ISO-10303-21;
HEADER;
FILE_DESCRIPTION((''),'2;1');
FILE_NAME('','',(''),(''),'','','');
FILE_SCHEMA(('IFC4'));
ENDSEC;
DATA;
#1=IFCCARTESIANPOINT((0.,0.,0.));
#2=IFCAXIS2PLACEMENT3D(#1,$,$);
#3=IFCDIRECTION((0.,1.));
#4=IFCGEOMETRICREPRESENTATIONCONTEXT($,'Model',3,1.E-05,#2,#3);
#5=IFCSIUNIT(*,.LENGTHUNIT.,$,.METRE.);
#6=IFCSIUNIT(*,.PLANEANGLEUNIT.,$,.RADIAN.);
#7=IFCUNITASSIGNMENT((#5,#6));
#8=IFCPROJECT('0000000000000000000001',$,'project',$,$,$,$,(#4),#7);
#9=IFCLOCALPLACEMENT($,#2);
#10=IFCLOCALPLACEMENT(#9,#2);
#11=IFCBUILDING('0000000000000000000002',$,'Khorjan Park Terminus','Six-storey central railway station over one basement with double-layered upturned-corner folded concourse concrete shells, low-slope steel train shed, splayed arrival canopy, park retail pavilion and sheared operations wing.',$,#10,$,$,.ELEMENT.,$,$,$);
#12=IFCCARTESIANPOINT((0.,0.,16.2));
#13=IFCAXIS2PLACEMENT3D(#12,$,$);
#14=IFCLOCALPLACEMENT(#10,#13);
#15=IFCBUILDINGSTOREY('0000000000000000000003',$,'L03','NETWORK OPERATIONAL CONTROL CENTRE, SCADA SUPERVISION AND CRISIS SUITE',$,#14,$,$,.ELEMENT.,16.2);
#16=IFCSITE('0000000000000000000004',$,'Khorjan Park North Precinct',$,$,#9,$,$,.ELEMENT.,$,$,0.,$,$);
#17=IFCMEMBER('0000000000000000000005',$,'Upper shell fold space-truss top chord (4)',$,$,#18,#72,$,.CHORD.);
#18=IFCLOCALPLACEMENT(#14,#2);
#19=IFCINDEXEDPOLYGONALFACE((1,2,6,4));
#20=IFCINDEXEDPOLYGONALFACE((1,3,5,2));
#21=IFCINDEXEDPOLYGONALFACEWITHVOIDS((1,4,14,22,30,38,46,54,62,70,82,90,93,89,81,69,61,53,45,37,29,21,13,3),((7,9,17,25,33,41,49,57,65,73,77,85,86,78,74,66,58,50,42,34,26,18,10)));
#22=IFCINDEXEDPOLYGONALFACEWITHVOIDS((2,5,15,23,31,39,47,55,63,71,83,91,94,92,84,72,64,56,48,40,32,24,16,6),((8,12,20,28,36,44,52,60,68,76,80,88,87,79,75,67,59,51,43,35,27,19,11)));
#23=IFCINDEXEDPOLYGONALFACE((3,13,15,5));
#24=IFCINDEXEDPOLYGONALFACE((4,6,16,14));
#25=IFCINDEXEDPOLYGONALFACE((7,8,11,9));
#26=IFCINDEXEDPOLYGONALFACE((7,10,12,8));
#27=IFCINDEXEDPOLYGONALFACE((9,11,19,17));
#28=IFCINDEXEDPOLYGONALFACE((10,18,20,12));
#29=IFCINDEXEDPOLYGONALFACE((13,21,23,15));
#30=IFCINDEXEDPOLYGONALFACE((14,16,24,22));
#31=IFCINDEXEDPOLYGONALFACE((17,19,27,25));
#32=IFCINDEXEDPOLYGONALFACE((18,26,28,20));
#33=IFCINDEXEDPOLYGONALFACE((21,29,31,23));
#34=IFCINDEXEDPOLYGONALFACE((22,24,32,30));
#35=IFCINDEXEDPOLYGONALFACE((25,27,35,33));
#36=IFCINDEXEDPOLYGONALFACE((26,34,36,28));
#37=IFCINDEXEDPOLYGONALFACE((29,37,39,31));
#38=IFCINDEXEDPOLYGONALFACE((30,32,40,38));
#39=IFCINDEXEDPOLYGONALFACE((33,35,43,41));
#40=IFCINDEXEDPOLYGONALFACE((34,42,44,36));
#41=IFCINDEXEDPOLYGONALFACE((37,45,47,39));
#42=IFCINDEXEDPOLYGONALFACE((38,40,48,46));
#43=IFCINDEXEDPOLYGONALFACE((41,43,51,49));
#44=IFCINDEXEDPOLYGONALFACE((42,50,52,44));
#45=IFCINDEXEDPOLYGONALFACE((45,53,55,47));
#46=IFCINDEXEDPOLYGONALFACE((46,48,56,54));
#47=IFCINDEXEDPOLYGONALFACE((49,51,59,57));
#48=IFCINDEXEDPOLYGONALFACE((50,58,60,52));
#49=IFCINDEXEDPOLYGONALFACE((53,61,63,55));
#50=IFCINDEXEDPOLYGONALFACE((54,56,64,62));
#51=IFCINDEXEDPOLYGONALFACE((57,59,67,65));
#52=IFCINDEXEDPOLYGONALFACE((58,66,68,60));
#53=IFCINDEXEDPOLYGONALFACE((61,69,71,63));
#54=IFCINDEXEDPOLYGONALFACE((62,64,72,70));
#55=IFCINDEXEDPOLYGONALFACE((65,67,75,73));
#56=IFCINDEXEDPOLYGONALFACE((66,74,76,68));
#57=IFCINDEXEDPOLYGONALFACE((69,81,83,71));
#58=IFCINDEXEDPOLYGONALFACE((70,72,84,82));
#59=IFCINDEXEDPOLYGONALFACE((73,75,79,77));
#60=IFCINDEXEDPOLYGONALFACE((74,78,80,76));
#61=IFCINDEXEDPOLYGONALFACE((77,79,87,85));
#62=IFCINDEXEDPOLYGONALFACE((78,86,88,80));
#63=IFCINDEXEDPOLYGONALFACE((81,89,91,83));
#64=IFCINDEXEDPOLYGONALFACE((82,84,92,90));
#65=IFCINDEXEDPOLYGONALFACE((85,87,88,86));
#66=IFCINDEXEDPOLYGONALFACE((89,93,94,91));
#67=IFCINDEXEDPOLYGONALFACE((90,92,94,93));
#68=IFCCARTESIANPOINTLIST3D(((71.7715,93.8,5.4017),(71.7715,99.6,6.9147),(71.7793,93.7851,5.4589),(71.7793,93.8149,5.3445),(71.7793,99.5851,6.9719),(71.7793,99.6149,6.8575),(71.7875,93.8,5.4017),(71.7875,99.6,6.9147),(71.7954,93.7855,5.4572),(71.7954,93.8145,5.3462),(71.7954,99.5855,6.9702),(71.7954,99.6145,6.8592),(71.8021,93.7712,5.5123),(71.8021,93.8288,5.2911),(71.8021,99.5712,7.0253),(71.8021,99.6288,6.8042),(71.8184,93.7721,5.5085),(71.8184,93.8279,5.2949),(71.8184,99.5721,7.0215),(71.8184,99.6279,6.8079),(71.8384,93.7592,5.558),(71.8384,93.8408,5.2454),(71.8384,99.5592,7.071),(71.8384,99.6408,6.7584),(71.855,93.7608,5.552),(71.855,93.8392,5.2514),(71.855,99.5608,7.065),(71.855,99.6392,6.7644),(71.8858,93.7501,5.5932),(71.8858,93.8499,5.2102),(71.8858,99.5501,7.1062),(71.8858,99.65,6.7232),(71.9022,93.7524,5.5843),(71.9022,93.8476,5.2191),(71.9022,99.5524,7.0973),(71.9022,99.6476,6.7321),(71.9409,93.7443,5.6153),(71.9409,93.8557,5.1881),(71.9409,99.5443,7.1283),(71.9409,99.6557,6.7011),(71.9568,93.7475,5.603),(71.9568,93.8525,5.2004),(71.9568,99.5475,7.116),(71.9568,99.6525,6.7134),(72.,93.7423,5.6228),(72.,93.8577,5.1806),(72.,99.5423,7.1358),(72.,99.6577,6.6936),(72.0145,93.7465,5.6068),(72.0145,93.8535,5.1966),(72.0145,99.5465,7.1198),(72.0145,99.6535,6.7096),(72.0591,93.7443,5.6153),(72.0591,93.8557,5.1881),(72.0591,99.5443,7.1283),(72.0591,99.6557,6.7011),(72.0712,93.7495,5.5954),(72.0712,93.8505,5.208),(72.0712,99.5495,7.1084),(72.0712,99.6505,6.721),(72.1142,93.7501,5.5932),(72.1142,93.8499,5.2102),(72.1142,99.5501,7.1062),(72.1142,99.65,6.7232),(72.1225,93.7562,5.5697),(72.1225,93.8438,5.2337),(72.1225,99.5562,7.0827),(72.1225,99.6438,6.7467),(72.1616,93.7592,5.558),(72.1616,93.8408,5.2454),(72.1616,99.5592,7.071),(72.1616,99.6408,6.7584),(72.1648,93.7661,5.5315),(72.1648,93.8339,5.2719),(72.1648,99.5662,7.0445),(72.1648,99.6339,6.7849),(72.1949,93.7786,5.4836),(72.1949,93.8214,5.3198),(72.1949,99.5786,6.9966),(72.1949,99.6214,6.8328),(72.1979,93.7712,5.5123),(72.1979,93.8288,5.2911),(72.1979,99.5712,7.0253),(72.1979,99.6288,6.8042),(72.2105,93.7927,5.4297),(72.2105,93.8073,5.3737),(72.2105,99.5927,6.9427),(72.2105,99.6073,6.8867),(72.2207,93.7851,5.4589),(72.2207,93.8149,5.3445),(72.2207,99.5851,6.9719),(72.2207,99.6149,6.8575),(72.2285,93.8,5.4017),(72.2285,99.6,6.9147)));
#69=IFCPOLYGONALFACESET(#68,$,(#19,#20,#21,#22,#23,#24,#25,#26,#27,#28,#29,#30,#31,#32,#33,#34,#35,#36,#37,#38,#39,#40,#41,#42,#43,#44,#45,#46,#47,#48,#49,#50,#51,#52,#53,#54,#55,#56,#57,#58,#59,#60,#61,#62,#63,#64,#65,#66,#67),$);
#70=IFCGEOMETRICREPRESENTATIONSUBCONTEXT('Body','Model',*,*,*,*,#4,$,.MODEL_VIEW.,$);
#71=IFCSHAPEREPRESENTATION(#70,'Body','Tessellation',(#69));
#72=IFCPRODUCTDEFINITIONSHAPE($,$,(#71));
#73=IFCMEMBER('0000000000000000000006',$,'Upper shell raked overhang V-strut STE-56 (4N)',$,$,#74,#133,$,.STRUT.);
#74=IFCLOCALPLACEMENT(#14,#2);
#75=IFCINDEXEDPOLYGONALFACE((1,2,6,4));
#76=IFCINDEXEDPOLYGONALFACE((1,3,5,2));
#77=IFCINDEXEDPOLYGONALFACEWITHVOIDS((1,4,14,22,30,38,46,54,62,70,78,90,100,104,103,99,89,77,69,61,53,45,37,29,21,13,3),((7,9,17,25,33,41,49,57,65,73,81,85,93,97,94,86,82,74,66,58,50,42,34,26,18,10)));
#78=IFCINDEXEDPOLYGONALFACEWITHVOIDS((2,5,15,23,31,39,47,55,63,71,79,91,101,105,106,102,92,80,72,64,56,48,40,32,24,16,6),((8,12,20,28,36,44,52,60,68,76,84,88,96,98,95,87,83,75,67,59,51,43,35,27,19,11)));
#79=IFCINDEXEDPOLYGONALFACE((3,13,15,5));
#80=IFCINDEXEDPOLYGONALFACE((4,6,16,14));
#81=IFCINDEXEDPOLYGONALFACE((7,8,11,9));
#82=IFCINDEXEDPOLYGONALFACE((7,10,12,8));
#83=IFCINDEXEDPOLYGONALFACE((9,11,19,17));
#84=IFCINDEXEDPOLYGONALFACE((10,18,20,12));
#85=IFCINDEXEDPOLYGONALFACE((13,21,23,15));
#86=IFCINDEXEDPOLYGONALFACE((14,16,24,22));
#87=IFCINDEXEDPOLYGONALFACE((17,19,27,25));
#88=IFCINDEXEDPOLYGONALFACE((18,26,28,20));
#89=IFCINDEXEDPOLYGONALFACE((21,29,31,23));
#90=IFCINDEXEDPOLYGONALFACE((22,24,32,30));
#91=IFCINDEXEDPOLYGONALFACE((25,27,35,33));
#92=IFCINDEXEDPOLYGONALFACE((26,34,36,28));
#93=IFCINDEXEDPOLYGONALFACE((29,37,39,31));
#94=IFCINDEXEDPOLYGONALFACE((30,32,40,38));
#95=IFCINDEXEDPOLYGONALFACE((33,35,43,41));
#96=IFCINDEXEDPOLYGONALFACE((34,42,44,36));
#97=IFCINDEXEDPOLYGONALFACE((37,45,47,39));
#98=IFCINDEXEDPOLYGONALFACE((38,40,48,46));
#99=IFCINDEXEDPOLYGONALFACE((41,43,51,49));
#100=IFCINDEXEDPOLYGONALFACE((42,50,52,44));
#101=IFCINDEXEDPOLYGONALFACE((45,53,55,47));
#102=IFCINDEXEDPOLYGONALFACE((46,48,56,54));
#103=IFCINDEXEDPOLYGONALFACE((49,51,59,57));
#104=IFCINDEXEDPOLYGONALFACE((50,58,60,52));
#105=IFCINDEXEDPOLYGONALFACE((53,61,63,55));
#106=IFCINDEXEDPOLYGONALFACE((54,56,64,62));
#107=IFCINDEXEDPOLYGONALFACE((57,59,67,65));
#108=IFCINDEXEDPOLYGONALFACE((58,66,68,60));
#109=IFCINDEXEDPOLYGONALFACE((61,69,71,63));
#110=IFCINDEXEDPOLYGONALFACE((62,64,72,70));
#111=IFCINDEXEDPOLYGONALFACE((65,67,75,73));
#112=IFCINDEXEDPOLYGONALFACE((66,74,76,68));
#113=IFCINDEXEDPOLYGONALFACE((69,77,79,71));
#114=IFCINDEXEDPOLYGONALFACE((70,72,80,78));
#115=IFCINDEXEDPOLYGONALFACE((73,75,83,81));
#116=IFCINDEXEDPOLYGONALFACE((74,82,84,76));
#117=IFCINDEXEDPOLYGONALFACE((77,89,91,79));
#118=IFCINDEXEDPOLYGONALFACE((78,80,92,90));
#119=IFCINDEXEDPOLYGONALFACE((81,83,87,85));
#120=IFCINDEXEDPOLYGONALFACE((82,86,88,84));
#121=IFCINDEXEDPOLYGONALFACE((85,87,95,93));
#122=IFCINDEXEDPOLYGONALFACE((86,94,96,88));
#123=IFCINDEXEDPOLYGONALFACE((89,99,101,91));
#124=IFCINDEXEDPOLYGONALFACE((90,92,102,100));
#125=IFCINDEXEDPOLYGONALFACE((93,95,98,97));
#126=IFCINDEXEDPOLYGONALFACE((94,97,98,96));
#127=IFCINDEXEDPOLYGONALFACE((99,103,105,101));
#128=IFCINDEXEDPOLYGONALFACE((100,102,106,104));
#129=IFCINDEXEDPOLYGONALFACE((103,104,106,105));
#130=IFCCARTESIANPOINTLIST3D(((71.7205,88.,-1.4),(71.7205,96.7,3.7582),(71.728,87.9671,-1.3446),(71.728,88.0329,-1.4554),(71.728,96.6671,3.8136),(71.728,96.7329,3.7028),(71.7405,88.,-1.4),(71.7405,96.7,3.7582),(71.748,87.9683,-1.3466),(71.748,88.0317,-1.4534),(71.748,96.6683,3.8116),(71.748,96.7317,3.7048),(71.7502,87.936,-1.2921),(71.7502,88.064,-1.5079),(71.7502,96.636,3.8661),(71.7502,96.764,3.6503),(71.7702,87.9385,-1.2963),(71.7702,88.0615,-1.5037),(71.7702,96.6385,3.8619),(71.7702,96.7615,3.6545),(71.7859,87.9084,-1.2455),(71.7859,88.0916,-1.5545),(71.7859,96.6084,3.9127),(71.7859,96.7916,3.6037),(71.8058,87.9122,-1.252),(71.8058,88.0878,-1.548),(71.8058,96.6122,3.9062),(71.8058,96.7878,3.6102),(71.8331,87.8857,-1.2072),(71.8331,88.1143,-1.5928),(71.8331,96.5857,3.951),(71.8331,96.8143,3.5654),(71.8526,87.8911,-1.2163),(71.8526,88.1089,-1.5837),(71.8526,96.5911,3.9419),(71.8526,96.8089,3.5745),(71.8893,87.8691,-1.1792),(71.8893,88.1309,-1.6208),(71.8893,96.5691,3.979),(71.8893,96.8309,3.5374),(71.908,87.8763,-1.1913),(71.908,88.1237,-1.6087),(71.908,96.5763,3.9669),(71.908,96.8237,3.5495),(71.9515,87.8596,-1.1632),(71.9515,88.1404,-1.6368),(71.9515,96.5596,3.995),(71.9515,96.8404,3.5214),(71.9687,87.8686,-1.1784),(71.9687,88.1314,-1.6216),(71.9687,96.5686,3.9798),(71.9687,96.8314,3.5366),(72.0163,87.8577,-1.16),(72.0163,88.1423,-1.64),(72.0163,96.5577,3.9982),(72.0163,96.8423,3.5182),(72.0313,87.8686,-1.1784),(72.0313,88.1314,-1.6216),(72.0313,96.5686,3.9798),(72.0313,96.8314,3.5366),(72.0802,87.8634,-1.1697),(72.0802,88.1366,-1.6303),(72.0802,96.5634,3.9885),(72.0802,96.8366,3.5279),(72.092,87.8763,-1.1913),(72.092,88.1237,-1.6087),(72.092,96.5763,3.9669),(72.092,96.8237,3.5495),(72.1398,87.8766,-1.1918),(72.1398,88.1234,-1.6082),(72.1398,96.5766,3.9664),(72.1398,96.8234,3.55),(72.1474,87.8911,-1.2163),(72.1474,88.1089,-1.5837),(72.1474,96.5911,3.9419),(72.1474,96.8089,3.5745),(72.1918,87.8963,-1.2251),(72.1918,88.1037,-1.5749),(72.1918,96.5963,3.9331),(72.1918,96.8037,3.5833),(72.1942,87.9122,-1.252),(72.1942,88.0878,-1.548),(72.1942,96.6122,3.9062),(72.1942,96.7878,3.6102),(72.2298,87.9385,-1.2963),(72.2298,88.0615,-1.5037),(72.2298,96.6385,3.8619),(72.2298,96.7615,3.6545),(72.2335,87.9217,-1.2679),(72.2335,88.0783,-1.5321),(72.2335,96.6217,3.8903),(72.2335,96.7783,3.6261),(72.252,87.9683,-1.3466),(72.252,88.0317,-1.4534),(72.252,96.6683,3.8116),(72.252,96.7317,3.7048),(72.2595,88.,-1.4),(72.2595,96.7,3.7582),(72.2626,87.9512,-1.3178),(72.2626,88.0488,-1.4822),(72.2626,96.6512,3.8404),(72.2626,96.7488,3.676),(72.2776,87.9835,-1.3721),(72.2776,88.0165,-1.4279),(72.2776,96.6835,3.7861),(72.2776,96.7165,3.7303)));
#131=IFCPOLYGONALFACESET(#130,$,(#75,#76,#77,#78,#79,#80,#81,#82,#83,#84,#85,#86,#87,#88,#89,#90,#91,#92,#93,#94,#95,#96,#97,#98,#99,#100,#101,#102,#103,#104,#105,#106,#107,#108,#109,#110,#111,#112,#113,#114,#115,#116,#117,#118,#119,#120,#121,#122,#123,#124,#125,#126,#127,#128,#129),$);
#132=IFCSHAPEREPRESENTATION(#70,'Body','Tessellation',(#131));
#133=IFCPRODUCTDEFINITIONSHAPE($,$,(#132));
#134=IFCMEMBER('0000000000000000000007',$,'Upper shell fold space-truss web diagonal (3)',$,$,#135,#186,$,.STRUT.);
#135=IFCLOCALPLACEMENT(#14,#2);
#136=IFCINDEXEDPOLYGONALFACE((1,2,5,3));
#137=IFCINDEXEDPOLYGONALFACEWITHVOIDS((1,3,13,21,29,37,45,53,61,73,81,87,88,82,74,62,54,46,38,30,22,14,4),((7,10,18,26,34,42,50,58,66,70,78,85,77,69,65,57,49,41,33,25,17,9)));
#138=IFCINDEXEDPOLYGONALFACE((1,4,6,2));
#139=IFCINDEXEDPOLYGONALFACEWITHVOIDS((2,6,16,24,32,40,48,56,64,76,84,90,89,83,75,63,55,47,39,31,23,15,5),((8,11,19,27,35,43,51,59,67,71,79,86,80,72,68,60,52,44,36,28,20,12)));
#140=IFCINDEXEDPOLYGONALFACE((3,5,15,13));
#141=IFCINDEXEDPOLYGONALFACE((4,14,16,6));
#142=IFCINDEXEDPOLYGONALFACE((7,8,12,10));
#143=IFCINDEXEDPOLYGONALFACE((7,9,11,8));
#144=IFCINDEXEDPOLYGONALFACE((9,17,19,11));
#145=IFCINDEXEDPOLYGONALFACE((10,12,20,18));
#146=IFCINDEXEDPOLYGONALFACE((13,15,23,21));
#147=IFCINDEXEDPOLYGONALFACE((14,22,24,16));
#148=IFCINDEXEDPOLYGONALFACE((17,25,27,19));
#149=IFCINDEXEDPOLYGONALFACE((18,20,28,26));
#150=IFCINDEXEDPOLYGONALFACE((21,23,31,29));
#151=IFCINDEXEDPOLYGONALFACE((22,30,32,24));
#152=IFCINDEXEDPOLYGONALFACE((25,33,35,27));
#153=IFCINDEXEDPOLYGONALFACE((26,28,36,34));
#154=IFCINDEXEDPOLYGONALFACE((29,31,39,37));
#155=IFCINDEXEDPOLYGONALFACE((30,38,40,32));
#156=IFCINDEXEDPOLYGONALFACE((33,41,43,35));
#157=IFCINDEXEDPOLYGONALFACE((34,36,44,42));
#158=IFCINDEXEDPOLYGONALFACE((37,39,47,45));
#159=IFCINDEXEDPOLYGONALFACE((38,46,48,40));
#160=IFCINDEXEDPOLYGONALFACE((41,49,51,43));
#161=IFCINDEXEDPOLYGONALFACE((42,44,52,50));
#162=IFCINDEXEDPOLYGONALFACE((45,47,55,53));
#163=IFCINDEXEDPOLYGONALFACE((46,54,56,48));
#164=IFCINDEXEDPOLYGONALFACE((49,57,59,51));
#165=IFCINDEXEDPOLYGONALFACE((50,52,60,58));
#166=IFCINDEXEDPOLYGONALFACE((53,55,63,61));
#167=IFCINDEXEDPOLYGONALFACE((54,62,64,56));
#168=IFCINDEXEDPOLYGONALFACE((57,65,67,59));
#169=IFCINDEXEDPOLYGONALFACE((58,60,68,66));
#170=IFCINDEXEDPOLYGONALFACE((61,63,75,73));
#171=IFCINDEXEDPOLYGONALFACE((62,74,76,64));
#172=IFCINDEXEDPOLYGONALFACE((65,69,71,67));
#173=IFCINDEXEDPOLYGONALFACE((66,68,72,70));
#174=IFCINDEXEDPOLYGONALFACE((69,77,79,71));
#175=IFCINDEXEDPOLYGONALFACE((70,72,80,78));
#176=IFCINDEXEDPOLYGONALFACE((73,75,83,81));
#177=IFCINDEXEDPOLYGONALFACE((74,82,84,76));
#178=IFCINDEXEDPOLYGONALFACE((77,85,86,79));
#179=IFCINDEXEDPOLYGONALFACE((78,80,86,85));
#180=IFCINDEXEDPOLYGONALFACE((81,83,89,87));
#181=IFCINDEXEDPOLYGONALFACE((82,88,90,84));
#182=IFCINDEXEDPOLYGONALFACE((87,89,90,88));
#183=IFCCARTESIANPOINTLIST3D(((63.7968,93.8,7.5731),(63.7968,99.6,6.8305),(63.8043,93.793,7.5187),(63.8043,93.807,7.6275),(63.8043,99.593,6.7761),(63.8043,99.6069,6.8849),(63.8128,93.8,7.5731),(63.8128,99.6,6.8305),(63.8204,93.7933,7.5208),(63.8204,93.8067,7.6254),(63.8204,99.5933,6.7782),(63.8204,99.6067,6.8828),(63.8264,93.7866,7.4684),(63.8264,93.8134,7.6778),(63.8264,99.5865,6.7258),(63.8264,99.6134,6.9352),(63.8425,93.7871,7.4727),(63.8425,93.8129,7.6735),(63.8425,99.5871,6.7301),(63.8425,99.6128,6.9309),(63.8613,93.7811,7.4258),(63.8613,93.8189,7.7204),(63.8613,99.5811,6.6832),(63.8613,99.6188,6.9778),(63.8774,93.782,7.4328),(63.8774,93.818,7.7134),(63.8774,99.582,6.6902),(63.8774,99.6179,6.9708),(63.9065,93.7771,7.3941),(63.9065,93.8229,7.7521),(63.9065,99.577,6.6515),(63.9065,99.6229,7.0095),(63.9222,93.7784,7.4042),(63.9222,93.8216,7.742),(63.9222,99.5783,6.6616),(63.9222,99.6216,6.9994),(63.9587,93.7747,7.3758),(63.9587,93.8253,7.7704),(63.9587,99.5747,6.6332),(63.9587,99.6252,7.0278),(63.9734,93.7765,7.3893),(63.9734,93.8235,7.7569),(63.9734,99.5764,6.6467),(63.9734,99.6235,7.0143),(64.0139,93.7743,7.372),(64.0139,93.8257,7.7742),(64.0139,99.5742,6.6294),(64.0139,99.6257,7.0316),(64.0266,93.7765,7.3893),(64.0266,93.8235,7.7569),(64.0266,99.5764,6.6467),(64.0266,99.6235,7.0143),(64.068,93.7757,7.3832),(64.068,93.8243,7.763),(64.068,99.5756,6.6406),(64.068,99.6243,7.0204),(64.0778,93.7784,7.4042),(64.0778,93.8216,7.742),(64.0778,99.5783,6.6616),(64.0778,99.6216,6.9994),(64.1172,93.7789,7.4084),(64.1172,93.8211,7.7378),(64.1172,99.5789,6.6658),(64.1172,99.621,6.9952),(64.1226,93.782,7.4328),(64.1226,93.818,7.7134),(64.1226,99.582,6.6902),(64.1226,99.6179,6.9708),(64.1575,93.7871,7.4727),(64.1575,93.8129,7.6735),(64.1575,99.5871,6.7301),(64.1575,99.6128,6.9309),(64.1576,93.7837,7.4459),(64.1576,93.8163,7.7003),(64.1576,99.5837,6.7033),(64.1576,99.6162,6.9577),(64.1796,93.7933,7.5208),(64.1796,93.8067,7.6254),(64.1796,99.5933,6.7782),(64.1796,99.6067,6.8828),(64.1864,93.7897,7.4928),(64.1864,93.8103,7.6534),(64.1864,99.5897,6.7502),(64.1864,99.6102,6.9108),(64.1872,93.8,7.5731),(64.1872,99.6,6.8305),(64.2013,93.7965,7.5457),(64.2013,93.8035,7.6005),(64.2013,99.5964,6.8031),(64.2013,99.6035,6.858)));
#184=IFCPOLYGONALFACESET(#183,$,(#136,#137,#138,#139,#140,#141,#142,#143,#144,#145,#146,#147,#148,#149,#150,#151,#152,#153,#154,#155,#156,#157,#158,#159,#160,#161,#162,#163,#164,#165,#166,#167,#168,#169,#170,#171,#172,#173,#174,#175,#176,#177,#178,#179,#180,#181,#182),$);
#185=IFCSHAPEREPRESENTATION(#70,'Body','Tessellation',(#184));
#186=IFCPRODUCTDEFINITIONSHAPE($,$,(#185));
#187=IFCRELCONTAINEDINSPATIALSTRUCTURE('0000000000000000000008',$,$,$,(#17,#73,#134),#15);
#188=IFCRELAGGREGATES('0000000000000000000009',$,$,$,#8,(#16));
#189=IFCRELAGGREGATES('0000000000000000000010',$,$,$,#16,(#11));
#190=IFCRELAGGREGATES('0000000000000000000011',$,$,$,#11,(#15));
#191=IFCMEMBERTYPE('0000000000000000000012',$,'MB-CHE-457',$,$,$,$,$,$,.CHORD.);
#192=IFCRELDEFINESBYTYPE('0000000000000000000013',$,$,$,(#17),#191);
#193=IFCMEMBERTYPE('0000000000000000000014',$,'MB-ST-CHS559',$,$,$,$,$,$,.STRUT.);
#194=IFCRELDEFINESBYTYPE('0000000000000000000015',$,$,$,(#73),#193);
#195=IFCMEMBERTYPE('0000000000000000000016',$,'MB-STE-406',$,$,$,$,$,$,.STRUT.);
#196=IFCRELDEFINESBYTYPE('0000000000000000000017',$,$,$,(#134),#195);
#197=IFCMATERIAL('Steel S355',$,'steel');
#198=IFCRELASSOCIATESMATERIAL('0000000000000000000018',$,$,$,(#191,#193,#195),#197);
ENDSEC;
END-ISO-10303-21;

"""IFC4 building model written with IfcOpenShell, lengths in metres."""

from ifc_helpers import new_model, si_unit, direction, frame, origin, origin_2d, place, context, subcontext, project, spatial, hollow_circle, extrude, material, material_profile, profile_set, type_object, element, save


model = new_model("IFC4")

# Units and contexts
model_context = context("Model", 3, precision=1e-05, world=origin(), true_north=direction((0.0, 1.0)))
body_context = subcontext(model_context, "Body", "Model", "MODEL_VIEW")
ifc_project = project(units=[si_unit("LENGTHUNIT", "METRE"), si_unit("PLANEANGLEUNIT", "RADIAN")], contexts=[model_context])

# Site, building, storey
site_placement = place(None, origin())
site = spatial("IfcSite", under=ifc_project, at=site_placement, Name="Khorjan Park North Precinct", CompositionType="ELEMENT", RefElevation=0.0)
building_placement = place(site_placement, origin())
building = spatial("IfcBuilding", under=site, at=building_placement, Name="Khorjan Park Terminus", Description="Six-storey central railway station over one basement with double-layered upturned-corner folded concourse concrete shells, low-slope steel train shed, splayed arrival canopy, park retail pavilion and sheared operations wing.", CompositionType="ELEMENT")
storey_placement = place(building_placement, frame((0.0, 0.0, 16.2)))
storey = spatial("IfcBuildingStorey", under=building, at=storey_placement, Name="L03", Description="NETWORK OPERATIONAL CONTROL CENTRE, SCADA SUPERVISION AND CRISIS SUITE", CompositionType="ELEMENT", Elevation=16.2)

# Members
ifc_material_1 = material(Name="Steel S355", Category="steel")
ifc_material_profile_1 = material_profile(ifc_material_1, hollow_circle(Radius=0.2285, WallThickness=0.016, at=origin_2d()), Name="CHS 457x16")
ifc_profile_set_1 = profile_set([ifc_material_profile_1], Name="Steel S355")
member_type_1 = type_object("IfcMemberType", Name="MB-CHE-457", PredefinedType="CHORD", material=ifc_profile_set_1)
member_1_placement = place(storey_placement, frame((72.0, 93.8, 5.4017), z_axis=(0.0, 0.967619, 0.252415), x_axis=(-1.0, 0.0, 0.0)))
element("IfcMember", 1, at=member_1_placement, inside=storey, type_object=member_type_1, Name="Upper shell fold space-truss top chord (4)", PredefinedType="CHORD", context=body_context, shape_type="SweptSolid", body=[
    extrude(hollow_circle(Radius=0.2285, WallThickness=0.016, at=origin_2d()), origin(), (0.0, 0.0, 1.0), 5.9941),
])
ifc_material_profile_2 = material_profile(ifc_material_1, hollow_circle(Radius=0.2795, WallThickness=0.02, at=origin_2d()), Name="CHS 559x20")
ifc_profile_set_2 = profile_set([ifc_material_profile_2], Name="Steel S355")
member_type_2 = type_object("IfcMemberType", Name="MB-ST-CHS559", PredefinedType="STRUT", material=ifc_profile_set_2)
member_2_placement = place(storey_placement, frame((72.0, 88.0, -1.4), z_axis=(0.0, 0.860177, 0.509996), x_axis=(-1.0, 0.0, 0.0)))
element("IfcMember", 2, at=member_2_placement, inside=storey, type_object=member_type_2, Name="Upper shell raked overhang V-strut STE-56 (4N)", PredefinedType="STRUT", context=body_context, shape_type="SweptSolid", body=[
    extrude(hollow_circle(Radius=0.2795, WallThickness=0.02, at=origin_2d()), origin(), (0.0, 0.0, 1.0), 10.1142),
])
ifc_material_profile_3 = material_profile(ifc_material_1, hollow_circle(Radius=0.2032, WallThickness=0.016, at=origin_2d()), Name="CHS 406.4x16")
ifc_profile_set_3 = profile_set([ifc_material_profile_3], Name="Steel S355")
member_type_3 = type_object("IfcMemberType", Name="MB-STE-406", PredefinedType="STRUT", material=ifc_profile_set_3)
member_3_placement = place(storey_placement, frame((64.0, 93.8, 7.5731), z_axis=(0.0, 0.991903, -0.126998), x_axis=(-1.0, 0.0, 0.0)))
element("IfcMember", 3, at=member_3_placement, inside=storey, type_object=member_type_3, Name="Upper shell fold space-truss web diagonal (3)", PredefinedType="STRUT", context=body_context, shape_type="SweptSolid", body=[
    extrude(hollow_circle(Radius=0.2032, WallThickness=0.016, at=origin_2d()), origin(), (0.0, 0.0, 1.0), 5.8473),
])

save(model, "model.ifc")
